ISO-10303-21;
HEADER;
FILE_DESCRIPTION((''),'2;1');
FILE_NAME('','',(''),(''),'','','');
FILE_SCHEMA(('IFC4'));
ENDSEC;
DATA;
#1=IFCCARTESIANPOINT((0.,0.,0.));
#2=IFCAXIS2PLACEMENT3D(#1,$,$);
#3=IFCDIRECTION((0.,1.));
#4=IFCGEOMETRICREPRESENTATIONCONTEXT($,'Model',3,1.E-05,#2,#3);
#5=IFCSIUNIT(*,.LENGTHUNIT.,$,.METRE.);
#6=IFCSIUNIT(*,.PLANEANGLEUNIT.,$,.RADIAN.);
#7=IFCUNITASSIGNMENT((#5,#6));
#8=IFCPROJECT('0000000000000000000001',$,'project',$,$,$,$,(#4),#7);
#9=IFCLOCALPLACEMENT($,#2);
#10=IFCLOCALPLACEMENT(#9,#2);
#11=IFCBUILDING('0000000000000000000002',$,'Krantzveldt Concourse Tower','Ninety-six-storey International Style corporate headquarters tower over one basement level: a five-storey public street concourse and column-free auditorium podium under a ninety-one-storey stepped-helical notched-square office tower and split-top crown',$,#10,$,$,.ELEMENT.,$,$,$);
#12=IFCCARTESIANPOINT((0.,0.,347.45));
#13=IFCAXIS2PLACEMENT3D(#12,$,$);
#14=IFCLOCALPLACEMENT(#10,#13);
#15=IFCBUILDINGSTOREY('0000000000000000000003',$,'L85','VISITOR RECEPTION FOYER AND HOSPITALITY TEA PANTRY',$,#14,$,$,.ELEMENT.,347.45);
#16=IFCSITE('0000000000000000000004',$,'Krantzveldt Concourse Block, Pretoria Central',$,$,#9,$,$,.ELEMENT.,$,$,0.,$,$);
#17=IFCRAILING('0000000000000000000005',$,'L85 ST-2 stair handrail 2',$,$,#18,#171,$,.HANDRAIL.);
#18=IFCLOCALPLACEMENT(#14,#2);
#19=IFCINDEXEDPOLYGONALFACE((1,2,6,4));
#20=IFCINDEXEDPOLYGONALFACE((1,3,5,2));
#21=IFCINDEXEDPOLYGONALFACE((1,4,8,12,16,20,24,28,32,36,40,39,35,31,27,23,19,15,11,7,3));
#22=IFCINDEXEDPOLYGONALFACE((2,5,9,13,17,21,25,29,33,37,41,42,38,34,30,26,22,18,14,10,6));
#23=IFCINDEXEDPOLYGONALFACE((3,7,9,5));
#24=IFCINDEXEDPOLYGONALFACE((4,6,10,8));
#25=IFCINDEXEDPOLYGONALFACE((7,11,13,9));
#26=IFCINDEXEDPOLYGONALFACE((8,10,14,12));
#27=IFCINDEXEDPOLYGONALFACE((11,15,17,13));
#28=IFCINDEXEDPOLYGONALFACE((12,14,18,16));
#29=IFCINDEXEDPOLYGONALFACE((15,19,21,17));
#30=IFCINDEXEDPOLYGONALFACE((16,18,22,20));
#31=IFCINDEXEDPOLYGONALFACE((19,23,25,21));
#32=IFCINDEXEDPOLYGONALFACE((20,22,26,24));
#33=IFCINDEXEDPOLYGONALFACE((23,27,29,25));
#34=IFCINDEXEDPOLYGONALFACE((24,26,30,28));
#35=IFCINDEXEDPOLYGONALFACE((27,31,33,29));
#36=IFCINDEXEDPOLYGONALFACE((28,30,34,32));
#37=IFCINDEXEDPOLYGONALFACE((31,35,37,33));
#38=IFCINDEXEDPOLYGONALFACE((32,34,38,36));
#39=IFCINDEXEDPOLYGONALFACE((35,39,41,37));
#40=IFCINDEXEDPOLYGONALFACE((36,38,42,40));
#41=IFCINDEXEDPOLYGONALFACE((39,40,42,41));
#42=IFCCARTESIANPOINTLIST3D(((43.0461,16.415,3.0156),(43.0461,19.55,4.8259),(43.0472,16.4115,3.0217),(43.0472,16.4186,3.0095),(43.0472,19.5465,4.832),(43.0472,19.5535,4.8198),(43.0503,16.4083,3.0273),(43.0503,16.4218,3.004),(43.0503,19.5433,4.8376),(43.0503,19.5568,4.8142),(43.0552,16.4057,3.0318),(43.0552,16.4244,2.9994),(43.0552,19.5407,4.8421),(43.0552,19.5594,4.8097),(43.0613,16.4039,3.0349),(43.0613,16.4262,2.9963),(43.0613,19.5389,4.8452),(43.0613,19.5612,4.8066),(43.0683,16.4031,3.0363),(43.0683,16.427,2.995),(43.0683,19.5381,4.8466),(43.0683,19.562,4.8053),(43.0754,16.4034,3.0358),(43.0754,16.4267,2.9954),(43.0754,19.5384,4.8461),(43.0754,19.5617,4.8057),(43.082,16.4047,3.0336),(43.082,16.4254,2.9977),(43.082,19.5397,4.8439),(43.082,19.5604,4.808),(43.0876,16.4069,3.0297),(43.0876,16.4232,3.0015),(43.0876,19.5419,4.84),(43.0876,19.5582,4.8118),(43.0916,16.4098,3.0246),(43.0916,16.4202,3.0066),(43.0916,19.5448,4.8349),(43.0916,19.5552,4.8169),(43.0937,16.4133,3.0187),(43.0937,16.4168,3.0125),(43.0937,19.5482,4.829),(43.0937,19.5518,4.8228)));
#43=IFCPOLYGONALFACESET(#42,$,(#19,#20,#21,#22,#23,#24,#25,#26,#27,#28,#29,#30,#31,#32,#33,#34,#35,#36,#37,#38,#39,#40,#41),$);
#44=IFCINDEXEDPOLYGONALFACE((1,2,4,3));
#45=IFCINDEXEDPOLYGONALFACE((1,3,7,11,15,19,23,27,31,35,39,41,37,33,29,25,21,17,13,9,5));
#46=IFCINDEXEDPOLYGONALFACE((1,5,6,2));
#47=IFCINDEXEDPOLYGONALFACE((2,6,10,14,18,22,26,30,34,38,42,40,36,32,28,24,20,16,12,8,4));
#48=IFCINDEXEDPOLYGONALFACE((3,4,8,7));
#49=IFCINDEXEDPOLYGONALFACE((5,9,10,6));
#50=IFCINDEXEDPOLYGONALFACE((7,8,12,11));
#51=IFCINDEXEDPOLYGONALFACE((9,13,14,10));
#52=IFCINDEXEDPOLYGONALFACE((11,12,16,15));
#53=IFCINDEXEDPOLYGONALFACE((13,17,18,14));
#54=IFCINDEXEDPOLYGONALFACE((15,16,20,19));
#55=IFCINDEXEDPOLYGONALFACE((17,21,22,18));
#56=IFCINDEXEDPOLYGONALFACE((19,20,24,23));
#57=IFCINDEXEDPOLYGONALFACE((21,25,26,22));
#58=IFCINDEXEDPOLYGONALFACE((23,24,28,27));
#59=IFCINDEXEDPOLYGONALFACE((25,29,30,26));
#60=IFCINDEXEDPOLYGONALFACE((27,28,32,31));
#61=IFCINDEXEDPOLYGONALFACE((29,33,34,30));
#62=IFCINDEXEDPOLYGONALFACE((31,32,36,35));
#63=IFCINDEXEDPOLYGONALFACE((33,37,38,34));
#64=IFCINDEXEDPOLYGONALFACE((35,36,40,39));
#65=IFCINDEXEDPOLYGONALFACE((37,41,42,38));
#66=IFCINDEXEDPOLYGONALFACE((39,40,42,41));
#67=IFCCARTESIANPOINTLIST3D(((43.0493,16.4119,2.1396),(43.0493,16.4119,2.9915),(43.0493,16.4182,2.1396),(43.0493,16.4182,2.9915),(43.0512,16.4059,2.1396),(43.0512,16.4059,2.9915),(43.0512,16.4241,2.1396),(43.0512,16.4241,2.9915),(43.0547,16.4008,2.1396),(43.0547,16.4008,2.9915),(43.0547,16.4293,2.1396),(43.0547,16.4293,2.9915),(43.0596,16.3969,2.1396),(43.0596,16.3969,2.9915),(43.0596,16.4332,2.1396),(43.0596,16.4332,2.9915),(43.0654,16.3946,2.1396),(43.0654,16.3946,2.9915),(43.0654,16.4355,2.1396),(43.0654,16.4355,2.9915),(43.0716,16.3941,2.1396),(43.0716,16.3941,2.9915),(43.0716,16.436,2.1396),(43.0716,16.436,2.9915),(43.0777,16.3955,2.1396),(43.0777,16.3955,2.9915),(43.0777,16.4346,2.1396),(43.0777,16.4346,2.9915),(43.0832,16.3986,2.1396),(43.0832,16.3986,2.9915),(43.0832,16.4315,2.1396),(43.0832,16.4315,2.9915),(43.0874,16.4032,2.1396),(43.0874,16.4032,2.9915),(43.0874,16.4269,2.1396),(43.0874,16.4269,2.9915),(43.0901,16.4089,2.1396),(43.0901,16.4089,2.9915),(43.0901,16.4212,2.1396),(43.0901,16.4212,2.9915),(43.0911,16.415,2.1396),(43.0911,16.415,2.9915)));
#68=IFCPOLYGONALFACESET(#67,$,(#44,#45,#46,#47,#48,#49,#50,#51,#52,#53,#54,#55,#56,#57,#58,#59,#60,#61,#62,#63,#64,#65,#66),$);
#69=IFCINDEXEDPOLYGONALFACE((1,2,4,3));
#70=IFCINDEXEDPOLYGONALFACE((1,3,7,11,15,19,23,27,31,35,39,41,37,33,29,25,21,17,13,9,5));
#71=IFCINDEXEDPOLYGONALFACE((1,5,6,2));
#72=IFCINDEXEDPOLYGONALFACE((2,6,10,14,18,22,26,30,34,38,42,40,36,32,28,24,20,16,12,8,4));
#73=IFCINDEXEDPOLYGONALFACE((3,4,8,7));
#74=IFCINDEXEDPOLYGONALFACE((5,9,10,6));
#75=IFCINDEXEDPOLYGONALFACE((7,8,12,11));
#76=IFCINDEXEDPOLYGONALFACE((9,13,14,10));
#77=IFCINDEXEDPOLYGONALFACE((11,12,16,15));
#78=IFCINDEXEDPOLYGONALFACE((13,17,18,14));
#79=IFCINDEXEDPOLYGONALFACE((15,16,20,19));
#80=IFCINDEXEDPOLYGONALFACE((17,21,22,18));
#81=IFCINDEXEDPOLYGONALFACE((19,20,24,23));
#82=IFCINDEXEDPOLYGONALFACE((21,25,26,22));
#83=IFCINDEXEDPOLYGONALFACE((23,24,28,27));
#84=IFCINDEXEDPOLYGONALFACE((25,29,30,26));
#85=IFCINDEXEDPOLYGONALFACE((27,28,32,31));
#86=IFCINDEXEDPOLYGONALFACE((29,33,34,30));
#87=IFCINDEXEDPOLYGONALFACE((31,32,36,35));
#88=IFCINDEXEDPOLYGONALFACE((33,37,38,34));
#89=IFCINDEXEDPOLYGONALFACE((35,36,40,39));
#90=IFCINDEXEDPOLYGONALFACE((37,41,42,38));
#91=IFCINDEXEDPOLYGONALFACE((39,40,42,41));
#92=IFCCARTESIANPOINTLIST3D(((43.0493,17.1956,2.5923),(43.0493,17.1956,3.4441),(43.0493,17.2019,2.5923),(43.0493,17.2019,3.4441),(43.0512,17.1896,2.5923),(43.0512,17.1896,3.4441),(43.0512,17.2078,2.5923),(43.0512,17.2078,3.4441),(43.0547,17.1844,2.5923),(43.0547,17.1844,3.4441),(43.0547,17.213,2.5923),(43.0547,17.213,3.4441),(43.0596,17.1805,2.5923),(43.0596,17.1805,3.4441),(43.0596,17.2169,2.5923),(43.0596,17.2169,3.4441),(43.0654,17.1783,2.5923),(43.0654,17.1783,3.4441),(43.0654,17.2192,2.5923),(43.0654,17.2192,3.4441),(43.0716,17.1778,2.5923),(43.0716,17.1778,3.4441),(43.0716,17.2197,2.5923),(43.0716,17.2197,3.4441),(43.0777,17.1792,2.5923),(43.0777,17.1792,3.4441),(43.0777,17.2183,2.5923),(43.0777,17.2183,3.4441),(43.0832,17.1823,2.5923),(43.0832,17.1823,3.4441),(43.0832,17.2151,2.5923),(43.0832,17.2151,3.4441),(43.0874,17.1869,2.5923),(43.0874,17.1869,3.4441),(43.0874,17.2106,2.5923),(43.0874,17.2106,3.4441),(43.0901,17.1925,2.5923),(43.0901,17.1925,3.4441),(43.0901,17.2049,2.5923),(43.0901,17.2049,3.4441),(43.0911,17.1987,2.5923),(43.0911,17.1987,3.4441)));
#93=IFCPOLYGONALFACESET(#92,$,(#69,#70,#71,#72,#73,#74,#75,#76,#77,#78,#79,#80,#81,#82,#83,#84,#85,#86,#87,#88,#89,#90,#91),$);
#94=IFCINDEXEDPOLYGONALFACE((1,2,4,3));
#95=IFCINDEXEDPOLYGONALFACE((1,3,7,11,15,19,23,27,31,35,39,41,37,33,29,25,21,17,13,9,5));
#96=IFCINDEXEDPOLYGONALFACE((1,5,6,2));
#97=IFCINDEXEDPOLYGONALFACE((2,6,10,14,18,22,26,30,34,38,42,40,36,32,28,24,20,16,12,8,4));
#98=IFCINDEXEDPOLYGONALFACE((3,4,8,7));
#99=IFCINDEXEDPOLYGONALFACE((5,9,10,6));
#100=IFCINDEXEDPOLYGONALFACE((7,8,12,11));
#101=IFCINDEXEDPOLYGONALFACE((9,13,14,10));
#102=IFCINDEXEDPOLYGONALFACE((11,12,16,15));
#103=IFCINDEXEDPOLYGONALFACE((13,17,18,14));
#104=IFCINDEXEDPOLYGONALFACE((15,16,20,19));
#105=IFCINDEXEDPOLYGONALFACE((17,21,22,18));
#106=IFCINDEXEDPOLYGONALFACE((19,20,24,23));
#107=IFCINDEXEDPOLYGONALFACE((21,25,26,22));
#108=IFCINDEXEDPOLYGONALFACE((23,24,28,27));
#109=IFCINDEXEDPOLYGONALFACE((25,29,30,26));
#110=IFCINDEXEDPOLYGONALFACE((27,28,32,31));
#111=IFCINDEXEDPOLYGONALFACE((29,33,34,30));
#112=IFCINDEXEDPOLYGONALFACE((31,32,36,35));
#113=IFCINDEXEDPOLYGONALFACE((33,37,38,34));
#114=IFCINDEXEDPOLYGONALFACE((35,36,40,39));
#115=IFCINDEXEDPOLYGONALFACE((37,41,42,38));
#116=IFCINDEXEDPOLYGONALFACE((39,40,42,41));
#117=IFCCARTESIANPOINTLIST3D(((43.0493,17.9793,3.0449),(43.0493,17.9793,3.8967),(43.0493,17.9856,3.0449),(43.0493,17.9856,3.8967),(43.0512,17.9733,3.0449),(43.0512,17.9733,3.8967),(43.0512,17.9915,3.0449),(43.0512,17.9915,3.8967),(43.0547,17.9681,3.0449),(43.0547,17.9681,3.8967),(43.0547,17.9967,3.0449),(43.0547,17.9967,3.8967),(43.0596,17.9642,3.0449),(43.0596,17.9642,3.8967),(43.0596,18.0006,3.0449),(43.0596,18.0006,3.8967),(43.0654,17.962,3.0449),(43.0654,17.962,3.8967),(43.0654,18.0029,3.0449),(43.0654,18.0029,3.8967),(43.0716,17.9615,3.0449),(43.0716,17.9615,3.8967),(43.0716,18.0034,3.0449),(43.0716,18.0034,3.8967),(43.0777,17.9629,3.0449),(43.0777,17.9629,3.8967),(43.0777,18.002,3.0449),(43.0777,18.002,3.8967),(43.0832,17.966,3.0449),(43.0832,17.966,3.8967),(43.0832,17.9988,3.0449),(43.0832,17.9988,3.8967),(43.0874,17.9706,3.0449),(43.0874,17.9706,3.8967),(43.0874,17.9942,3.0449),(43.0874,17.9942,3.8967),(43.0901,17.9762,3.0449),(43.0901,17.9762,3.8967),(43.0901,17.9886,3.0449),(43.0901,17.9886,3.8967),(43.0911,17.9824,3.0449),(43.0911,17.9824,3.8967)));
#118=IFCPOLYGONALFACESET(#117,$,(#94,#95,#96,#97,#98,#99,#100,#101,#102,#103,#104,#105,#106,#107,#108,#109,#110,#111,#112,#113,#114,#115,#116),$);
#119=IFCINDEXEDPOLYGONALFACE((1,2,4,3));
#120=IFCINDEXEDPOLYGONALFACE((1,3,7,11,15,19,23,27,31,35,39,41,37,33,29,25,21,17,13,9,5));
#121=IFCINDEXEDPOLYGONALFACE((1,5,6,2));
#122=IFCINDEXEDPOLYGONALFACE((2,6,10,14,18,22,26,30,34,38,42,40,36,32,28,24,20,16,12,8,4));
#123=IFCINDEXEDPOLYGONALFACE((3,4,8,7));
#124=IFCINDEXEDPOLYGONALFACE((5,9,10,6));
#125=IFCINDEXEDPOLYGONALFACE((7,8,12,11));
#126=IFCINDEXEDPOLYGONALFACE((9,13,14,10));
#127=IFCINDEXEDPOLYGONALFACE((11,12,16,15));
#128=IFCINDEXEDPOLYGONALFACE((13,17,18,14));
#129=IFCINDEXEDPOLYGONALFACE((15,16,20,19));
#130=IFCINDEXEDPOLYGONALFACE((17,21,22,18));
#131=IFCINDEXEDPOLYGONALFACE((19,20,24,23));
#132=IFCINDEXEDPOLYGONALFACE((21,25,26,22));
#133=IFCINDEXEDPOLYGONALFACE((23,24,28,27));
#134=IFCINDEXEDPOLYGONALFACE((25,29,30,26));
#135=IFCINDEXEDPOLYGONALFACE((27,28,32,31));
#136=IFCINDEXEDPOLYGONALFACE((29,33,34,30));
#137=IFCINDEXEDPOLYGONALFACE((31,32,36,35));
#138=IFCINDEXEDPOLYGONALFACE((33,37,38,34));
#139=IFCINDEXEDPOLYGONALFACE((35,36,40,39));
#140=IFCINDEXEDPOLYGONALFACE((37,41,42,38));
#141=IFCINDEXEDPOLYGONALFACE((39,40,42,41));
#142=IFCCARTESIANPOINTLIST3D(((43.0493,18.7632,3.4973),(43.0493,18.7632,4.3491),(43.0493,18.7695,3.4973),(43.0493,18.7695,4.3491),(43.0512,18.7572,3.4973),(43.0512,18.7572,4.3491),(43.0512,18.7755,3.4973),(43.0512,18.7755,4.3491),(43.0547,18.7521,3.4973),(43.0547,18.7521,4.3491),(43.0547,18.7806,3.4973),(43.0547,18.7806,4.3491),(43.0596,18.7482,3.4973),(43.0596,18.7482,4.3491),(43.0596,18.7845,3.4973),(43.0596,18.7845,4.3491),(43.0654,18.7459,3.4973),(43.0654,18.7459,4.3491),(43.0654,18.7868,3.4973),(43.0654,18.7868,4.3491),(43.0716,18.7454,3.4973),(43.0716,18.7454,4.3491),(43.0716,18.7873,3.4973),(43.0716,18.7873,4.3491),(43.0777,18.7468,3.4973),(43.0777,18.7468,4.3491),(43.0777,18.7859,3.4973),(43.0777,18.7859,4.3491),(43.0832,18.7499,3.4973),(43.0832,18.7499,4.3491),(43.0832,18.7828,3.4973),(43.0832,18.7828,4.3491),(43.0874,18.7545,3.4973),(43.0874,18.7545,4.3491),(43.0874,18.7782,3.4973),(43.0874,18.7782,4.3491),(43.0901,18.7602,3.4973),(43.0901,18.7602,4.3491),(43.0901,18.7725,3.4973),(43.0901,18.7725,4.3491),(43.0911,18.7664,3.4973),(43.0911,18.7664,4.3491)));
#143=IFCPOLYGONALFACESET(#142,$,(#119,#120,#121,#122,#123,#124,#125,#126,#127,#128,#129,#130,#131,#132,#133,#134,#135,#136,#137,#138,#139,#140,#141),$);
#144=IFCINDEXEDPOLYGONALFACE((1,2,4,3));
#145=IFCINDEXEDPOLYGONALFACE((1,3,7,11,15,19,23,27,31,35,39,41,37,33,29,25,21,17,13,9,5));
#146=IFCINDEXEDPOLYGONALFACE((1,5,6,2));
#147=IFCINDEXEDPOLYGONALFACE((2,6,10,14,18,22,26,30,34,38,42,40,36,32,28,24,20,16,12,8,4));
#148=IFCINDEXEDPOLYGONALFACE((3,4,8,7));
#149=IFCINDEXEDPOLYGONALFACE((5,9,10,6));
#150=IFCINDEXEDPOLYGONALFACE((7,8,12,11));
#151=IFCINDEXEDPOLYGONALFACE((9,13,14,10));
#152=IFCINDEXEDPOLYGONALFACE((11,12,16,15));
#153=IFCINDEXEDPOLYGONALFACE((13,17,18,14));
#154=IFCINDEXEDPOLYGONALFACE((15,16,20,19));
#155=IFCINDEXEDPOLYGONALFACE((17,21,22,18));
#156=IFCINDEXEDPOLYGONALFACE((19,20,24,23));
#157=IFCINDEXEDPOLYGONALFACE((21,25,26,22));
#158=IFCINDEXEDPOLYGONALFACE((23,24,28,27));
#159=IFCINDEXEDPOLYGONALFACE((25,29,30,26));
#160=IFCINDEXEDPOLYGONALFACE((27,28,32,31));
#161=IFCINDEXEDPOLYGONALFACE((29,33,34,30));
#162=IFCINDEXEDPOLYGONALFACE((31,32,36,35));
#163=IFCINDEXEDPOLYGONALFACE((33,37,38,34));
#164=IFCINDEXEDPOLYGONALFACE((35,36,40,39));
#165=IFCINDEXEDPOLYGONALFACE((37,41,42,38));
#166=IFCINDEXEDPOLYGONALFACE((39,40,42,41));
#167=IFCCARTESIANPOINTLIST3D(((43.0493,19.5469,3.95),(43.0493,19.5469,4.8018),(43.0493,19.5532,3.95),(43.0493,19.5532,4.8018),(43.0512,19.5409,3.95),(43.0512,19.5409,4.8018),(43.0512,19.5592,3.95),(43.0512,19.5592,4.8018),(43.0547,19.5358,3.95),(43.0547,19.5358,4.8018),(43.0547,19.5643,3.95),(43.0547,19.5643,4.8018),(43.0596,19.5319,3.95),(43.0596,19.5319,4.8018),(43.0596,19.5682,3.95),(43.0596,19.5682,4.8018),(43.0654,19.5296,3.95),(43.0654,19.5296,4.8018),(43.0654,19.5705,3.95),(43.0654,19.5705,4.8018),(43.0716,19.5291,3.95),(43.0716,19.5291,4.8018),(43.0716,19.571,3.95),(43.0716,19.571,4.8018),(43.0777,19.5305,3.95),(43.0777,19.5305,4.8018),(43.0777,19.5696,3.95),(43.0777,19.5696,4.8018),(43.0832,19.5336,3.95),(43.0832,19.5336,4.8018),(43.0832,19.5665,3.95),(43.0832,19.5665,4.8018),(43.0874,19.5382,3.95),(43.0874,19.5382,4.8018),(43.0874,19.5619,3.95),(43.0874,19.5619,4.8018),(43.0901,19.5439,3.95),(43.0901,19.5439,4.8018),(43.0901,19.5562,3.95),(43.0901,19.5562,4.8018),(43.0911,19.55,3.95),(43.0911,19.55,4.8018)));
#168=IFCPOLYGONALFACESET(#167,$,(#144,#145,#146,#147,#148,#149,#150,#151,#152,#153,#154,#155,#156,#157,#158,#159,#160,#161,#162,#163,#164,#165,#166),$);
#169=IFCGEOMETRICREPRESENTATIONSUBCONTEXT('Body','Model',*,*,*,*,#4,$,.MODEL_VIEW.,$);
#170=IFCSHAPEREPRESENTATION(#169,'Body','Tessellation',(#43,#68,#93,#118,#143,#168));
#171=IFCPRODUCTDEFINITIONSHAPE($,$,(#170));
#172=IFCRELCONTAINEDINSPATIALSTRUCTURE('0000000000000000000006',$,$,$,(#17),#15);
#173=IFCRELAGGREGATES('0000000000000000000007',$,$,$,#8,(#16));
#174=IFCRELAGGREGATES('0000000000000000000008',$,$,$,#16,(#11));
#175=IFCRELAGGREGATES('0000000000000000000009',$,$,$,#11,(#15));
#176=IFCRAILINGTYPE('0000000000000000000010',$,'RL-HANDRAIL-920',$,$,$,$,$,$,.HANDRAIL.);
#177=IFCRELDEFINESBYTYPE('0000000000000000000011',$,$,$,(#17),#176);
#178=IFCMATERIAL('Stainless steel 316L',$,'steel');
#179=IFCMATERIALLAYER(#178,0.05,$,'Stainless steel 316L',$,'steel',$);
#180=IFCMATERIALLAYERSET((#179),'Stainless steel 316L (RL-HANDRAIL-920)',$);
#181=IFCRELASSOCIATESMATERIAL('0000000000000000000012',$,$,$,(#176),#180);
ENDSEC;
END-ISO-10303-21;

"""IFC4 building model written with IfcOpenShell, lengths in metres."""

from ifc_helpers import new_model, si_unit, direction, frame, origin, origin_2d, place, context, subcontext, project, spatial, circle, extrude, material, layer, layer_set, type_object, element, save


model = new_model("IFC4")

# Units and contexts
model_context = context("Model", 3, precision=1e-05, world=origin(), true_north=direction((0.0, 1.0)))
body_context = subcontext(model_context, "Body", "Model", "MODEL_VIEW")
ifc_project = project(units=[si_unit("LENGTHUNIT", "METRE"), si_unit("PLANEANGLEUNIT", "RADIAN")], contexts=[model_context])

# Site, building, storey
site_placement = place(None, origin())
site = spatial("IfcSite", under=ifc_project, at=site_placement, Name="Krantzveldt Concourse Block, Pretoria Central", CompositionType="ELEMENT", RefElevation=0.0)
building_placement = place(site_placement, origin())
building = spatial("IfcBuilding", under=site, at=building_placement, Name="Krantzveldt Concourse Tower", Description="Ninety-six-storey International Style corporate headquarters tower over one basement level: a five-storey public street concourse and column-free auditorium podium under a ninety-one-storey stepped-helical notched-square office tower and split-top crown", CompositionType="ELEMENT")
storey_placement = place(building_placement, frame((0.0, 0.0, 347.45)))
storey = spatial("IfcBuildingStorey", under=building, at=storey_placement, Name="L85", Description="VISITOR RECEPTION FOYER AND HOSPITALITY TEA PANTRY", CompositionType="ELEMENT", Elevation=347.45)

# Railing
ifc_material_1 = material(Name="Stainless steel 316L", Category="steel")
ifc_layer_1 = layer(ifc_material_1, 0.05, Name="Stainless steel 316L", Category="steel")
ifc_layer_set_1 = layer_set([ifc_layer_1], Name="Stainless steel 316L (RL-HANDRAIL-920)")
railing_type = type_object("IfcRailingType", Name="RL-HANDRAIL-920", PredefinedType="HANDRAIL", material=ifc_layer_set_1)
railing_placement = place(storey_placement, frame((43.0701, 16.415, 2.1396)))
element("IfcRailing", 1, at=railing_placement, inside=storey, type_object=railing_type, Name="L85 ST-2 stair handrail 2", PredefinedType="HANDRAIL", context=body_context, shape_type="SweptSolid", body=[
    extrude(circle(Radius=0.0239, at=origin_2d()), frame((0.0, 0.0, 0.876), z_axis=(0.0, 0.865989, 0.500063), x_axis=(-1.0, 0.0, 0.0)), (0.0, 0.0, 1.0), 3.6201),
    extrude(circle(Radius=0.021, at=origin_2d()), origin(), (0.0, 0.0, 1.0), 0.8518),
    extrude(circle(Radius=0.021, at=origin_2d()), frame((0.0, 0.7837, 0.4526)), (0.0, 0.0, 1.0), 0.8518),
    extrude(circle(Radius=0.021, at=origin_2d()), frame((0.0, 1.5674, 0.9053)), (0.0, 0.0, 1.0), 0.8518),
    extrude(circle(Radius=0.021, at=origin_2d()), frame((0.0, 2.3513, 1.3577)), (0.0, 0.0, 1.0), 0.8518),
    extrude(circle(Radius=0.021, at=origin_2d()), frame((0.0, 3.135, 1.8103)), (0.0, 0.0, 1.0), 0.8518),
])

save(model, "model.ifc")
